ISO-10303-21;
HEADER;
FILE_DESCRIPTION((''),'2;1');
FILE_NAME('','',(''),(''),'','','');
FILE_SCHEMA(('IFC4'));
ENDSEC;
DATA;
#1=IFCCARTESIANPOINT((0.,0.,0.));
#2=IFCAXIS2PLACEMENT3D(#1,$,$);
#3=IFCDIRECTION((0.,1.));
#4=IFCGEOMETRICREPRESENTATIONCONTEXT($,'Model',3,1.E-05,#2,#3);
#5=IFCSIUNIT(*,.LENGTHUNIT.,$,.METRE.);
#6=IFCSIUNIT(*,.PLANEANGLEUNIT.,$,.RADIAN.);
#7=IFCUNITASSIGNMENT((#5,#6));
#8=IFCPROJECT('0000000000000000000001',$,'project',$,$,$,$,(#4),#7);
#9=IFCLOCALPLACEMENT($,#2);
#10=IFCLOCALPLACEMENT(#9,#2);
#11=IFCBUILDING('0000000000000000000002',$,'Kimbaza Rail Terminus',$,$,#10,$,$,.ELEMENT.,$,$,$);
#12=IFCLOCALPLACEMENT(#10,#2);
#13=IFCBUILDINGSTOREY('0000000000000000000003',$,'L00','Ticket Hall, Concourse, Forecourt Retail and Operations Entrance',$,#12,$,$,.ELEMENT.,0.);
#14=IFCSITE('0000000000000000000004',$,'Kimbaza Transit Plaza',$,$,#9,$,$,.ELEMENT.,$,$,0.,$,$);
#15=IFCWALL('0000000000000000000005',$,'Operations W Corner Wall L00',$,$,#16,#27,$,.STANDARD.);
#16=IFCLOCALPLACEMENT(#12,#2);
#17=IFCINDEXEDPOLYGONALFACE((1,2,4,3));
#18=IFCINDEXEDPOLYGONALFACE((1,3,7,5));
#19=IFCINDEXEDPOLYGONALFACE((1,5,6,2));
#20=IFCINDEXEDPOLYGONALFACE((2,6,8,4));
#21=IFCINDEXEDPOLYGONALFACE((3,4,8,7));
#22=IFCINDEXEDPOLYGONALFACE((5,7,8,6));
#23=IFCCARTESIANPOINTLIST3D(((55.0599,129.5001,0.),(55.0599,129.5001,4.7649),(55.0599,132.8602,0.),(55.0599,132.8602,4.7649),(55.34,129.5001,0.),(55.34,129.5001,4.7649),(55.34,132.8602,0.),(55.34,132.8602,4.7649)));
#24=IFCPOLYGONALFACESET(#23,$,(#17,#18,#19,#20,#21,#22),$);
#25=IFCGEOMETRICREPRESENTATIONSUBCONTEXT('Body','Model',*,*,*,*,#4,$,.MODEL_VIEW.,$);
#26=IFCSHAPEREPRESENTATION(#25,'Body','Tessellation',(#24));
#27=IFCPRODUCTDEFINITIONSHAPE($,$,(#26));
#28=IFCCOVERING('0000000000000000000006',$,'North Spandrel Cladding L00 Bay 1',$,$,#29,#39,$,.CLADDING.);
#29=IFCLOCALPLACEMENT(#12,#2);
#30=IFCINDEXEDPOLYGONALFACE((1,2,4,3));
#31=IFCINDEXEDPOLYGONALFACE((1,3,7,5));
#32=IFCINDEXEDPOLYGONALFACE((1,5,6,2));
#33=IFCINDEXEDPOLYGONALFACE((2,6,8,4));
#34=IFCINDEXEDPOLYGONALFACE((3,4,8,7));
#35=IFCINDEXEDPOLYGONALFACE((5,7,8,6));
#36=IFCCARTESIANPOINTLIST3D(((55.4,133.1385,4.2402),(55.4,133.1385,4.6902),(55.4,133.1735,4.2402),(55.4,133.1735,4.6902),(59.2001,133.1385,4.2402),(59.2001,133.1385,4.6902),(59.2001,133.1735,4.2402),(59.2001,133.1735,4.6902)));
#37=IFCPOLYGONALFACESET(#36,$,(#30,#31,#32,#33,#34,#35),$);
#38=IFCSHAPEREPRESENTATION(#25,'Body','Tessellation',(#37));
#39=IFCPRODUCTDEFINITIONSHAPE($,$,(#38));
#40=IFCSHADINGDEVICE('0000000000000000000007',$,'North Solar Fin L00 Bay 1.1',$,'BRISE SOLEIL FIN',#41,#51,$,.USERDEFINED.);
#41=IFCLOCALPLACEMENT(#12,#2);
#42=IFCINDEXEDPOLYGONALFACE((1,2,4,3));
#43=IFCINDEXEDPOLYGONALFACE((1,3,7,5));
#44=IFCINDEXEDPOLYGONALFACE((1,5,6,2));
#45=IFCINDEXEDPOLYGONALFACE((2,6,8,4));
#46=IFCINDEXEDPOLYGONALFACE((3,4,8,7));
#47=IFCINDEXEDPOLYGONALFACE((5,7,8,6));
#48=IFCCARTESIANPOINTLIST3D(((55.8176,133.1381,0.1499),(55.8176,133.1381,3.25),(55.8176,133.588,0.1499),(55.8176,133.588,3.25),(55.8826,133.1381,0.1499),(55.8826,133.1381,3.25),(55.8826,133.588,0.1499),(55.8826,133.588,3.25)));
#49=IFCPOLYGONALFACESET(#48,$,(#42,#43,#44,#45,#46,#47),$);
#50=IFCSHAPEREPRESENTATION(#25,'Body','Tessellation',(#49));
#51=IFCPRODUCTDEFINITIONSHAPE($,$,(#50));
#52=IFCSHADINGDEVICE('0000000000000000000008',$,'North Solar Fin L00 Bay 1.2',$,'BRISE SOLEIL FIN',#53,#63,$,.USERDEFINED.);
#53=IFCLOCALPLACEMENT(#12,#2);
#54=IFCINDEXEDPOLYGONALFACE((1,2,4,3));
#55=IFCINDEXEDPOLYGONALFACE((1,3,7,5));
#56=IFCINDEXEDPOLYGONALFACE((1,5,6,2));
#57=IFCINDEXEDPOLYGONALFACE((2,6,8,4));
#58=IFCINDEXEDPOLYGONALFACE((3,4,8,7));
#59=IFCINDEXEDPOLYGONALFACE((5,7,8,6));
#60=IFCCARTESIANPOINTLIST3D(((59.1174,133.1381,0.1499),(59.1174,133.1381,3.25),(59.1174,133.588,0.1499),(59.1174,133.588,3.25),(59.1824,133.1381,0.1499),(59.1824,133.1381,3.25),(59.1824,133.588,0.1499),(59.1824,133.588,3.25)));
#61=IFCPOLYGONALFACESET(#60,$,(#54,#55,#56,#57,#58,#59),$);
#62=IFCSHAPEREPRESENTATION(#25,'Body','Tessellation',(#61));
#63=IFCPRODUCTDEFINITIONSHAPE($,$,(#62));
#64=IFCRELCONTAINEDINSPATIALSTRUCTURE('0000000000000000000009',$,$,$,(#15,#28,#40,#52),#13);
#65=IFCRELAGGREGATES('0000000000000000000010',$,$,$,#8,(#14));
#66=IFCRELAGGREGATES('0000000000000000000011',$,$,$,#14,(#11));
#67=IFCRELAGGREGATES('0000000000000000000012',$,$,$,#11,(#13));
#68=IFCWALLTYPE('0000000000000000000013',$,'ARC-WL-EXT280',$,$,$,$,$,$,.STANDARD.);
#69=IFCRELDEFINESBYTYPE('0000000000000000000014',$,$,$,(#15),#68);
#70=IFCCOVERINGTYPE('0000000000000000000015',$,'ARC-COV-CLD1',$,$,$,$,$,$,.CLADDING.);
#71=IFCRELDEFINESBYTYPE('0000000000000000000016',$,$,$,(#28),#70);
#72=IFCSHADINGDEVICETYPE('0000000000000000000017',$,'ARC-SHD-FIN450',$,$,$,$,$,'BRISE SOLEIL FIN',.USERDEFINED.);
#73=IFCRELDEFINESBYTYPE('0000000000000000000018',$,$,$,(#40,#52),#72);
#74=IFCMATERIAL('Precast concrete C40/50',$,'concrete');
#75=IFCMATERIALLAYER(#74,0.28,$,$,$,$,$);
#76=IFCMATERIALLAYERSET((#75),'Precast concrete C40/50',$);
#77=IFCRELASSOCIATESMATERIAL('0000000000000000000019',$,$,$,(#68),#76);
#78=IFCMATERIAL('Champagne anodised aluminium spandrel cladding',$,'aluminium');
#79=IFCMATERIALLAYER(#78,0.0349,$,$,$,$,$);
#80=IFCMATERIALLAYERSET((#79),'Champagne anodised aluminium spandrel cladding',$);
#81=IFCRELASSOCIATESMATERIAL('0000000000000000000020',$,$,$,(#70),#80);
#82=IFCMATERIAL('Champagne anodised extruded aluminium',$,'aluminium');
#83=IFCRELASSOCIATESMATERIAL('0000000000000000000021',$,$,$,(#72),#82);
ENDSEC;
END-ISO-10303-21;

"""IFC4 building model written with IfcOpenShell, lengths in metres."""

from ifc_helpers import new_model, si_unit, direction, frame, frame_2d, origin, origin_2d, place, context, subcontext, project, spatial, rectangle, extrude, material, layer, layer_set, type_object, element, save


model = new_model("IFC4")

# Units and contexts
model_context = context("Model", 3, precision=1e-05, world=origin(), true_north=direction((0.0, 1.0)))
body_context = subcontext(model_context, "Body", "Model", "MODEL_VIEW")
ifc_project = project(units=[si_unit("LENGTHUNIT", "METRE"), si_unit("PLANEANGLEUNIT", "RADIAN")], contexts=[model_context])

# Site, building, storey
site_placement = place(None, origin())
site = spatial("IfcSite", under=ifc_project, at=site_placement, Name="Kimbaza Transit Plaza", CompositionType="ELEMENT", RefElevation=0.0)
building_placement = place(site_placement, origin())
building = spatial("IfcBuilding", under=site, at=building_placement, Name="Kimbaza Rail Terminus", CompositionType="ELEMENT")
storey_placement = place(building_placement, origin())
storey = spatial("IfcBuildingStorey", under=building, at=storey_placement, Name="L00", Description="Ticket Hall, Concourse, Forecourt Retail and Operations Entrance", CompositionType="ELEMENT", Elevation=0.0)

# Shared definitions
ifc_material_1 = material(Name="Precast concrete C40/50", Category="concrete")
ifc_layer_1 = layer(ifc_material_1, 0.28)
ifc_layer_set_1 = layer_set([ifc_layer_1], Name="Precast concrete C40/50")
wall_type = type_object("IfcWallType", Name="ARC-WL-EXT280", PredefinedType="STANDARD", material=ifc_layer_set_1)

# Wall
wall_1_placement = place(storey_placement, frame((55.2, 129.5, 0.0), z_axis=(0.0, 0.0, 1.0), x_axis=(0.0, 1.0, 0.0)))
element("IfcWall", 1, at=wall_1_placement, inside=storey, type_object=wall_type, Name="Operations W Corner Wall L00", PredefinedType="STANDARD", context=body_context, shape_type="SweptSolid", body=[
    extrude(rectangle(XDim=3.3601, YDim=0.28, at=frame_2d((1.6802, 0.0))), origin(), (0.0, 0.0, 1.0), 4.7649),
])

# Covering
ifc_material_2 = material(Name="Champagne anodised aluminium spandrel cladding", Category="aluminium")
ifc_layer_2 = layer(ifc_material_2, 0.0349)
ifc_layer_set_2 = layer_set([ifc_layer_2], Name="Champagne anodised aluminium spandrel cladding")
covering_type = type_object("IfcCoveringType", Name="ARC-COV-CLD1", PredefinedType="CLADDING", material=ifc_layer_set_2)
covering_placement = place(storey_placement, frame((57.3, 133.156, 4.2402), z_axis=(0.0, 0.0, 1.0), x_axis=(1.0, 0.0, 0.0)))
element("IfcCovering", 2, at=covering_placement, inside=storey, type_object=covering_type, Name="North Spandrel Cladding L00 Bay 1", PredefinedType="CLADDING", context=body_context, shape_type="SweptSolid", body=[
    extrude(rectangle(XDim=3.8, YDim=0.0349, at=origin_2d()), origin(), (0.0, 0.0, 1.0), 0.45),
])

# Shading devices
ifc_material_3 = material(Name="Champagne anodised extruded aluminium", Category="aluminium")
shading_device_type = type_object("IfcShadingDeviceType", Name="ARC-SHD-FIN450", ElementType="BRISE SOLEIL FIN", PredefinedType="USERDEFINED", material=ifc_material_3)
for number, where, z_axis, x_axis, name in (
    (3, (55.8501, 133.363, 0.1499), (0.0, 0.0, 1.0), (1.0, 0.0, 0.0), "North Solar Fin L00 Bay 1.1"),
    (4, (59.1499, 133.363, 0.1499), (0.0, 0.0, 1.0), (1.0, 0.0, 0.0), "North Solar Fin L00 Bay 1.2"),
):
    element("IfcShadingDevice", number, at=place(storey_placement, frame(where, z_axis=z_axis, x_axis=x_axis)), inside=storey, type_object=shading_device_type, Name=name, ObjectType="BRISE SOLEIL FIN", PredefinedType="USERDEFINED", context=body_context, shape_type="SweptSolid", body=[
        extrude(rectangle(XDim=0.0649, YDim=0.45, at=origin_2d()), origin(), (0.0, 0.0, 1.0), 3.1001),
    ])

save(model, "model.ifc")
